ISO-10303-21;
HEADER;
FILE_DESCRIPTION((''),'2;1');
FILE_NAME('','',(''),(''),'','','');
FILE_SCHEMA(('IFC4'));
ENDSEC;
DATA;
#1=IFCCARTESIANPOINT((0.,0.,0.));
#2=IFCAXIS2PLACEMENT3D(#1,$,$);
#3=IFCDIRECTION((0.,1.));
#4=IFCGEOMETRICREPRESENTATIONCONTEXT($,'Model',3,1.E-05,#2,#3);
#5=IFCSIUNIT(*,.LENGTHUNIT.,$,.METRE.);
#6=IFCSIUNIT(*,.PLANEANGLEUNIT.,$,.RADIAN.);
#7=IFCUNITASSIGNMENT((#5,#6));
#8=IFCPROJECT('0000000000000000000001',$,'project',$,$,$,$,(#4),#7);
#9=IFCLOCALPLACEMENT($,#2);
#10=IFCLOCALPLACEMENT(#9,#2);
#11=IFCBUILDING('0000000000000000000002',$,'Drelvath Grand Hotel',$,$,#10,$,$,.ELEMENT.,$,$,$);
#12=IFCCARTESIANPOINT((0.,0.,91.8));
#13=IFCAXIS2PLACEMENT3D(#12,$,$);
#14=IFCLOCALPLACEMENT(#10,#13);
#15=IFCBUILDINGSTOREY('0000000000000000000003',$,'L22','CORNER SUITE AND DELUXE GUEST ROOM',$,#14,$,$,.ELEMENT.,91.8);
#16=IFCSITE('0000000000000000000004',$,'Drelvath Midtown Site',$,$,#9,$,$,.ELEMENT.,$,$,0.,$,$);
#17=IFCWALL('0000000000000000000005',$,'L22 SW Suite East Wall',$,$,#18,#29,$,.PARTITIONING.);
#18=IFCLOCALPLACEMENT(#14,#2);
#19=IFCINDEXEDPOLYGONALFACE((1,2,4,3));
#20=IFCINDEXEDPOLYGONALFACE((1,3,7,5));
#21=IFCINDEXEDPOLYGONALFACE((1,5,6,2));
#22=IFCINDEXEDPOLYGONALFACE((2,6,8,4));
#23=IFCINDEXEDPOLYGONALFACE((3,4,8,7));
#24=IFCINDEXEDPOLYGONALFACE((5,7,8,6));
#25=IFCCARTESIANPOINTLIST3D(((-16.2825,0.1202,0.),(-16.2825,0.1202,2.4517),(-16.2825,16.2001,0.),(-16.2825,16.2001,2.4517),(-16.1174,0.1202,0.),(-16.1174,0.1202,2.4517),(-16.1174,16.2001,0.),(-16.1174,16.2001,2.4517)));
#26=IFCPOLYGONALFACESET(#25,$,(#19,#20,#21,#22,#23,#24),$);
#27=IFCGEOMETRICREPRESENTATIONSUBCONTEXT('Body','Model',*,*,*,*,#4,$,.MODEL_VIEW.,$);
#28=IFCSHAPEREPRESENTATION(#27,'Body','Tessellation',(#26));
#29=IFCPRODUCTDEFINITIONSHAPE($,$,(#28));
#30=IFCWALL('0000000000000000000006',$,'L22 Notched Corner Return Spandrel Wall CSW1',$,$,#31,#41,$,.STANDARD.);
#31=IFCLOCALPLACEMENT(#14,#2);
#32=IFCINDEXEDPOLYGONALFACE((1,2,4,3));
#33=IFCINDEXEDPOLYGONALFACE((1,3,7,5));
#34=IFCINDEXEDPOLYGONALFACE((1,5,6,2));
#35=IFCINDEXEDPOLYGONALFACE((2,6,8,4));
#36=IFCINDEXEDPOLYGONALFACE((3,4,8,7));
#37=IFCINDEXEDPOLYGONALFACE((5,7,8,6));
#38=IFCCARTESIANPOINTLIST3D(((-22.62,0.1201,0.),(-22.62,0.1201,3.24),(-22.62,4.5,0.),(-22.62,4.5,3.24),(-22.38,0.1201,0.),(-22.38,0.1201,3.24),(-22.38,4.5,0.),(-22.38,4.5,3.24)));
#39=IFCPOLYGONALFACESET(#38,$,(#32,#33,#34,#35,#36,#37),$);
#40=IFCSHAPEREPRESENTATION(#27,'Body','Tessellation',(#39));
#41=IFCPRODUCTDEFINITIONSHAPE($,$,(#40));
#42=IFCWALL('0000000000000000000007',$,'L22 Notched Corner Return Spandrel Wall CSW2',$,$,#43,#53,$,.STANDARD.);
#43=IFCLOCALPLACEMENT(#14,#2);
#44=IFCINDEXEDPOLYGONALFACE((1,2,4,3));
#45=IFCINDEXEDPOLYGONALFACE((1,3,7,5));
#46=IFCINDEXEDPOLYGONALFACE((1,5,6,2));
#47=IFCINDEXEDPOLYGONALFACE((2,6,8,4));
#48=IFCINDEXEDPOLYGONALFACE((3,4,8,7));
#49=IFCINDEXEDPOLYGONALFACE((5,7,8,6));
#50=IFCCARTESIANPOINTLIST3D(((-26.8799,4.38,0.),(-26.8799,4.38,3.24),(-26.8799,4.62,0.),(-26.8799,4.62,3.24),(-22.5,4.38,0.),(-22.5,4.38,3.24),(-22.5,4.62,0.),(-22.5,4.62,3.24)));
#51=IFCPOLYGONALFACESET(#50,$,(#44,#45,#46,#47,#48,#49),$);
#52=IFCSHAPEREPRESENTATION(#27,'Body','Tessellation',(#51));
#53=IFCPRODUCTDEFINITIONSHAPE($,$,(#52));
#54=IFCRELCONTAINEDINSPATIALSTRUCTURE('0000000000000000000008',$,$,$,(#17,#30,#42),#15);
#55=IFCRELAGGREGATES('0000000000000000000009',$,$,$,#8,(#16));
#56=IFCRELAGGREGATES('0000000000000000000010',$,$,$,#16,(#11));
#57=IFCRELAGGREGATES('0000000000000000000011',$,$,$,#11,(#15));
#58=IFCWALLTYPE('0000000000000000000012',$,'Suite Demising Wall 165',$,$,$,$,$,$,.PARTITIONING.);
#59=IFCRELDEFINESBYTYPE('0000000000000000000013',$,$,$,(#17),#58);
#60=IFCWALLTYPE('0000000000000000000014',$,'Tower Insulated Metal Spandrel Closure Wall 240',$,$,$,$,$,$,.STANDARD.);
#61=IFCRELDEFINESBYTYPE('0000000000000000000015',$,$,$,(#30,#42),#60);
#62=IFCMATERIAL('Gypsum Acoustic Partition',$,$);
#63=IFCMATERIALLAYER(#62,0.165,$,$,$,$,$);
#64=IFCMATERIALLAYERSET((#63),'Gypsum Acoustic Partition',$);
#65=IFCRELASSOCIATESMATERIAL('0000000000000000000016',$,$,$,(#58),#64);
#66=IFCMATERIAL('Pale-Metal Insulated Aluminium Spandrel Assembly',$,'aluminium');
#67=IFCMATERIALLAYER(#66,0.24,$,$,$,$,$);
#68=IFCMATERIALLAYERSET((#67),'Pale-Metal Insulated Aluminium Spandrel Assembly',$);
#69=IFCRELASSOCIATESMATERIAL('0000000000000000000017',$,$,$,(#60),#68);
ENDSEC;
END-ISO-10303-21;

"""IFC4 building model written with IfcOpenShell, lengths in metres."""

from ifc_helpers import new_model, si_unit, direction, frame, frame_2d, origin, place, context, subcontext, project, spatial, rectangle, extrude, material, layer, layer_set, type_object, element, save


model = new_model("IFC4")

# Units and contexts
model_context = context("Model", 3, precision=1e-05, world=origin(), true_north=direction((0.0, 1.0)))
body_context = subcontext(model_context, "Body", "Model", "MODEL_VIEW")
ifc_project = project(units=[si_unit("LENGTHUNIT", "METRE"), si_unit("PLANEANGLEUNIT", "RADIAN")], contexts=[model_context])

# Site, building, storey
site_placement = place(None, origin())
site = spatial("IfcSite", under=ifc_project, at=site_placement, Name="Drelvath Midtown Site", CompositionType="ELEMENT", RefElevation=0.0)
building_placement = place(site_placement, origin())
building = spatial("IfcBuilding", under=site, at=building_placement, Name="Drelvath Grand Hotel", CompositionType="ELEMENT")
storey_placement = place(building_placement, frame((0.0, 0.0, 91.8)))
storey = spatial("IfcBuildingStorey", under=building, at=storey_placement, Name="L22", Description="CORNER SUITE AND DELUXE GUEST ROOM", CompositionType="ELEMENT", Elevation=91.8)

# Walls
ifc_material_1 = material(Name="Gypsum Acoustic Partition")
ifc_layer_1 = layer(ifc_material_1, 0.165)
ifc_layer_set_1 = layer_set([ifc_layer_1], Name="Gypsum Acoustic Partition")
wall_type_1 = type_object("IfcWallType", Name="Suite Demising Wall 165", PredefinedType="PARTITIONING", material=ifc_layer_set_1)
wall_placement = place(storey_placement, frame((-16.2, 0.1201, 0.0), z_axis=(0.0, 0.0, 1.0), x_axis=(0.0, 1.0, 0.0)))
element("IfcWall", 1, at=wall_placement, inside=storey, type_object=wall_type_1, Name="L22 SW Suite East Wall", PredefinedType="PARTITIONING", context=body_context, shape_type="SweptSolid", body=[
    extrude(rectangle(XDim=16.0798, YDim=0.165, at=frame_2d((8.04, 0.0))), origin(), (0.0, 0.0, 1.0), 2.4517),
])
ifc_material_2 = material(Name="Pale-Metal Insulated Aluminium Spandrel Assembly", Category="aluminium")
ifc_layer_2 = layer(ifc_material_2, 0.24)
ifc_layer_set_2 = layer_set([ifc_layer_2], Name="Pale-Metal Insulated Aluminium Spandrel Assembly")
wall_type_2 = type_object("IfcWallType", Name="Tower Insulated Metal Spandrel Closure Wall 240", PredefinedType="STANDARD", material=ifc_layer_set_2)
for number, where, z_axis, x_axis, name in (
    (2, (-22.5, 0.1201, 0.0), (0.0, 0.0, 1.0), (0.0, 1.0, 0.0), "L22 Notched Corner Return Spandrel Wall CSW1"),
    (3, (-22.5, 4.5, 0.0), (0.0, 0.0, 1.0), (-1.0, 0.0, 0.0), "L22 Notched Corner Return Spandrel Wall CSW2"),
):
    element("IfcWall", number, at=place(storey_placement, frame(where, z_axis=z_axis, x_axis=x_axis)), inside=storey, type_object=wall_type_2, Name=name, PredefinedType="STANDARD", context=body_context, shape_type="SweptSolid", body=[
        extrude(rectangle(XDim=4.3799, YDim=0.24, at=frame_2d((2.1899, 0.0))), origin(), (0.0, 0.0, 1.0), 3.24),
    ])

save(model, "model.ifc")
